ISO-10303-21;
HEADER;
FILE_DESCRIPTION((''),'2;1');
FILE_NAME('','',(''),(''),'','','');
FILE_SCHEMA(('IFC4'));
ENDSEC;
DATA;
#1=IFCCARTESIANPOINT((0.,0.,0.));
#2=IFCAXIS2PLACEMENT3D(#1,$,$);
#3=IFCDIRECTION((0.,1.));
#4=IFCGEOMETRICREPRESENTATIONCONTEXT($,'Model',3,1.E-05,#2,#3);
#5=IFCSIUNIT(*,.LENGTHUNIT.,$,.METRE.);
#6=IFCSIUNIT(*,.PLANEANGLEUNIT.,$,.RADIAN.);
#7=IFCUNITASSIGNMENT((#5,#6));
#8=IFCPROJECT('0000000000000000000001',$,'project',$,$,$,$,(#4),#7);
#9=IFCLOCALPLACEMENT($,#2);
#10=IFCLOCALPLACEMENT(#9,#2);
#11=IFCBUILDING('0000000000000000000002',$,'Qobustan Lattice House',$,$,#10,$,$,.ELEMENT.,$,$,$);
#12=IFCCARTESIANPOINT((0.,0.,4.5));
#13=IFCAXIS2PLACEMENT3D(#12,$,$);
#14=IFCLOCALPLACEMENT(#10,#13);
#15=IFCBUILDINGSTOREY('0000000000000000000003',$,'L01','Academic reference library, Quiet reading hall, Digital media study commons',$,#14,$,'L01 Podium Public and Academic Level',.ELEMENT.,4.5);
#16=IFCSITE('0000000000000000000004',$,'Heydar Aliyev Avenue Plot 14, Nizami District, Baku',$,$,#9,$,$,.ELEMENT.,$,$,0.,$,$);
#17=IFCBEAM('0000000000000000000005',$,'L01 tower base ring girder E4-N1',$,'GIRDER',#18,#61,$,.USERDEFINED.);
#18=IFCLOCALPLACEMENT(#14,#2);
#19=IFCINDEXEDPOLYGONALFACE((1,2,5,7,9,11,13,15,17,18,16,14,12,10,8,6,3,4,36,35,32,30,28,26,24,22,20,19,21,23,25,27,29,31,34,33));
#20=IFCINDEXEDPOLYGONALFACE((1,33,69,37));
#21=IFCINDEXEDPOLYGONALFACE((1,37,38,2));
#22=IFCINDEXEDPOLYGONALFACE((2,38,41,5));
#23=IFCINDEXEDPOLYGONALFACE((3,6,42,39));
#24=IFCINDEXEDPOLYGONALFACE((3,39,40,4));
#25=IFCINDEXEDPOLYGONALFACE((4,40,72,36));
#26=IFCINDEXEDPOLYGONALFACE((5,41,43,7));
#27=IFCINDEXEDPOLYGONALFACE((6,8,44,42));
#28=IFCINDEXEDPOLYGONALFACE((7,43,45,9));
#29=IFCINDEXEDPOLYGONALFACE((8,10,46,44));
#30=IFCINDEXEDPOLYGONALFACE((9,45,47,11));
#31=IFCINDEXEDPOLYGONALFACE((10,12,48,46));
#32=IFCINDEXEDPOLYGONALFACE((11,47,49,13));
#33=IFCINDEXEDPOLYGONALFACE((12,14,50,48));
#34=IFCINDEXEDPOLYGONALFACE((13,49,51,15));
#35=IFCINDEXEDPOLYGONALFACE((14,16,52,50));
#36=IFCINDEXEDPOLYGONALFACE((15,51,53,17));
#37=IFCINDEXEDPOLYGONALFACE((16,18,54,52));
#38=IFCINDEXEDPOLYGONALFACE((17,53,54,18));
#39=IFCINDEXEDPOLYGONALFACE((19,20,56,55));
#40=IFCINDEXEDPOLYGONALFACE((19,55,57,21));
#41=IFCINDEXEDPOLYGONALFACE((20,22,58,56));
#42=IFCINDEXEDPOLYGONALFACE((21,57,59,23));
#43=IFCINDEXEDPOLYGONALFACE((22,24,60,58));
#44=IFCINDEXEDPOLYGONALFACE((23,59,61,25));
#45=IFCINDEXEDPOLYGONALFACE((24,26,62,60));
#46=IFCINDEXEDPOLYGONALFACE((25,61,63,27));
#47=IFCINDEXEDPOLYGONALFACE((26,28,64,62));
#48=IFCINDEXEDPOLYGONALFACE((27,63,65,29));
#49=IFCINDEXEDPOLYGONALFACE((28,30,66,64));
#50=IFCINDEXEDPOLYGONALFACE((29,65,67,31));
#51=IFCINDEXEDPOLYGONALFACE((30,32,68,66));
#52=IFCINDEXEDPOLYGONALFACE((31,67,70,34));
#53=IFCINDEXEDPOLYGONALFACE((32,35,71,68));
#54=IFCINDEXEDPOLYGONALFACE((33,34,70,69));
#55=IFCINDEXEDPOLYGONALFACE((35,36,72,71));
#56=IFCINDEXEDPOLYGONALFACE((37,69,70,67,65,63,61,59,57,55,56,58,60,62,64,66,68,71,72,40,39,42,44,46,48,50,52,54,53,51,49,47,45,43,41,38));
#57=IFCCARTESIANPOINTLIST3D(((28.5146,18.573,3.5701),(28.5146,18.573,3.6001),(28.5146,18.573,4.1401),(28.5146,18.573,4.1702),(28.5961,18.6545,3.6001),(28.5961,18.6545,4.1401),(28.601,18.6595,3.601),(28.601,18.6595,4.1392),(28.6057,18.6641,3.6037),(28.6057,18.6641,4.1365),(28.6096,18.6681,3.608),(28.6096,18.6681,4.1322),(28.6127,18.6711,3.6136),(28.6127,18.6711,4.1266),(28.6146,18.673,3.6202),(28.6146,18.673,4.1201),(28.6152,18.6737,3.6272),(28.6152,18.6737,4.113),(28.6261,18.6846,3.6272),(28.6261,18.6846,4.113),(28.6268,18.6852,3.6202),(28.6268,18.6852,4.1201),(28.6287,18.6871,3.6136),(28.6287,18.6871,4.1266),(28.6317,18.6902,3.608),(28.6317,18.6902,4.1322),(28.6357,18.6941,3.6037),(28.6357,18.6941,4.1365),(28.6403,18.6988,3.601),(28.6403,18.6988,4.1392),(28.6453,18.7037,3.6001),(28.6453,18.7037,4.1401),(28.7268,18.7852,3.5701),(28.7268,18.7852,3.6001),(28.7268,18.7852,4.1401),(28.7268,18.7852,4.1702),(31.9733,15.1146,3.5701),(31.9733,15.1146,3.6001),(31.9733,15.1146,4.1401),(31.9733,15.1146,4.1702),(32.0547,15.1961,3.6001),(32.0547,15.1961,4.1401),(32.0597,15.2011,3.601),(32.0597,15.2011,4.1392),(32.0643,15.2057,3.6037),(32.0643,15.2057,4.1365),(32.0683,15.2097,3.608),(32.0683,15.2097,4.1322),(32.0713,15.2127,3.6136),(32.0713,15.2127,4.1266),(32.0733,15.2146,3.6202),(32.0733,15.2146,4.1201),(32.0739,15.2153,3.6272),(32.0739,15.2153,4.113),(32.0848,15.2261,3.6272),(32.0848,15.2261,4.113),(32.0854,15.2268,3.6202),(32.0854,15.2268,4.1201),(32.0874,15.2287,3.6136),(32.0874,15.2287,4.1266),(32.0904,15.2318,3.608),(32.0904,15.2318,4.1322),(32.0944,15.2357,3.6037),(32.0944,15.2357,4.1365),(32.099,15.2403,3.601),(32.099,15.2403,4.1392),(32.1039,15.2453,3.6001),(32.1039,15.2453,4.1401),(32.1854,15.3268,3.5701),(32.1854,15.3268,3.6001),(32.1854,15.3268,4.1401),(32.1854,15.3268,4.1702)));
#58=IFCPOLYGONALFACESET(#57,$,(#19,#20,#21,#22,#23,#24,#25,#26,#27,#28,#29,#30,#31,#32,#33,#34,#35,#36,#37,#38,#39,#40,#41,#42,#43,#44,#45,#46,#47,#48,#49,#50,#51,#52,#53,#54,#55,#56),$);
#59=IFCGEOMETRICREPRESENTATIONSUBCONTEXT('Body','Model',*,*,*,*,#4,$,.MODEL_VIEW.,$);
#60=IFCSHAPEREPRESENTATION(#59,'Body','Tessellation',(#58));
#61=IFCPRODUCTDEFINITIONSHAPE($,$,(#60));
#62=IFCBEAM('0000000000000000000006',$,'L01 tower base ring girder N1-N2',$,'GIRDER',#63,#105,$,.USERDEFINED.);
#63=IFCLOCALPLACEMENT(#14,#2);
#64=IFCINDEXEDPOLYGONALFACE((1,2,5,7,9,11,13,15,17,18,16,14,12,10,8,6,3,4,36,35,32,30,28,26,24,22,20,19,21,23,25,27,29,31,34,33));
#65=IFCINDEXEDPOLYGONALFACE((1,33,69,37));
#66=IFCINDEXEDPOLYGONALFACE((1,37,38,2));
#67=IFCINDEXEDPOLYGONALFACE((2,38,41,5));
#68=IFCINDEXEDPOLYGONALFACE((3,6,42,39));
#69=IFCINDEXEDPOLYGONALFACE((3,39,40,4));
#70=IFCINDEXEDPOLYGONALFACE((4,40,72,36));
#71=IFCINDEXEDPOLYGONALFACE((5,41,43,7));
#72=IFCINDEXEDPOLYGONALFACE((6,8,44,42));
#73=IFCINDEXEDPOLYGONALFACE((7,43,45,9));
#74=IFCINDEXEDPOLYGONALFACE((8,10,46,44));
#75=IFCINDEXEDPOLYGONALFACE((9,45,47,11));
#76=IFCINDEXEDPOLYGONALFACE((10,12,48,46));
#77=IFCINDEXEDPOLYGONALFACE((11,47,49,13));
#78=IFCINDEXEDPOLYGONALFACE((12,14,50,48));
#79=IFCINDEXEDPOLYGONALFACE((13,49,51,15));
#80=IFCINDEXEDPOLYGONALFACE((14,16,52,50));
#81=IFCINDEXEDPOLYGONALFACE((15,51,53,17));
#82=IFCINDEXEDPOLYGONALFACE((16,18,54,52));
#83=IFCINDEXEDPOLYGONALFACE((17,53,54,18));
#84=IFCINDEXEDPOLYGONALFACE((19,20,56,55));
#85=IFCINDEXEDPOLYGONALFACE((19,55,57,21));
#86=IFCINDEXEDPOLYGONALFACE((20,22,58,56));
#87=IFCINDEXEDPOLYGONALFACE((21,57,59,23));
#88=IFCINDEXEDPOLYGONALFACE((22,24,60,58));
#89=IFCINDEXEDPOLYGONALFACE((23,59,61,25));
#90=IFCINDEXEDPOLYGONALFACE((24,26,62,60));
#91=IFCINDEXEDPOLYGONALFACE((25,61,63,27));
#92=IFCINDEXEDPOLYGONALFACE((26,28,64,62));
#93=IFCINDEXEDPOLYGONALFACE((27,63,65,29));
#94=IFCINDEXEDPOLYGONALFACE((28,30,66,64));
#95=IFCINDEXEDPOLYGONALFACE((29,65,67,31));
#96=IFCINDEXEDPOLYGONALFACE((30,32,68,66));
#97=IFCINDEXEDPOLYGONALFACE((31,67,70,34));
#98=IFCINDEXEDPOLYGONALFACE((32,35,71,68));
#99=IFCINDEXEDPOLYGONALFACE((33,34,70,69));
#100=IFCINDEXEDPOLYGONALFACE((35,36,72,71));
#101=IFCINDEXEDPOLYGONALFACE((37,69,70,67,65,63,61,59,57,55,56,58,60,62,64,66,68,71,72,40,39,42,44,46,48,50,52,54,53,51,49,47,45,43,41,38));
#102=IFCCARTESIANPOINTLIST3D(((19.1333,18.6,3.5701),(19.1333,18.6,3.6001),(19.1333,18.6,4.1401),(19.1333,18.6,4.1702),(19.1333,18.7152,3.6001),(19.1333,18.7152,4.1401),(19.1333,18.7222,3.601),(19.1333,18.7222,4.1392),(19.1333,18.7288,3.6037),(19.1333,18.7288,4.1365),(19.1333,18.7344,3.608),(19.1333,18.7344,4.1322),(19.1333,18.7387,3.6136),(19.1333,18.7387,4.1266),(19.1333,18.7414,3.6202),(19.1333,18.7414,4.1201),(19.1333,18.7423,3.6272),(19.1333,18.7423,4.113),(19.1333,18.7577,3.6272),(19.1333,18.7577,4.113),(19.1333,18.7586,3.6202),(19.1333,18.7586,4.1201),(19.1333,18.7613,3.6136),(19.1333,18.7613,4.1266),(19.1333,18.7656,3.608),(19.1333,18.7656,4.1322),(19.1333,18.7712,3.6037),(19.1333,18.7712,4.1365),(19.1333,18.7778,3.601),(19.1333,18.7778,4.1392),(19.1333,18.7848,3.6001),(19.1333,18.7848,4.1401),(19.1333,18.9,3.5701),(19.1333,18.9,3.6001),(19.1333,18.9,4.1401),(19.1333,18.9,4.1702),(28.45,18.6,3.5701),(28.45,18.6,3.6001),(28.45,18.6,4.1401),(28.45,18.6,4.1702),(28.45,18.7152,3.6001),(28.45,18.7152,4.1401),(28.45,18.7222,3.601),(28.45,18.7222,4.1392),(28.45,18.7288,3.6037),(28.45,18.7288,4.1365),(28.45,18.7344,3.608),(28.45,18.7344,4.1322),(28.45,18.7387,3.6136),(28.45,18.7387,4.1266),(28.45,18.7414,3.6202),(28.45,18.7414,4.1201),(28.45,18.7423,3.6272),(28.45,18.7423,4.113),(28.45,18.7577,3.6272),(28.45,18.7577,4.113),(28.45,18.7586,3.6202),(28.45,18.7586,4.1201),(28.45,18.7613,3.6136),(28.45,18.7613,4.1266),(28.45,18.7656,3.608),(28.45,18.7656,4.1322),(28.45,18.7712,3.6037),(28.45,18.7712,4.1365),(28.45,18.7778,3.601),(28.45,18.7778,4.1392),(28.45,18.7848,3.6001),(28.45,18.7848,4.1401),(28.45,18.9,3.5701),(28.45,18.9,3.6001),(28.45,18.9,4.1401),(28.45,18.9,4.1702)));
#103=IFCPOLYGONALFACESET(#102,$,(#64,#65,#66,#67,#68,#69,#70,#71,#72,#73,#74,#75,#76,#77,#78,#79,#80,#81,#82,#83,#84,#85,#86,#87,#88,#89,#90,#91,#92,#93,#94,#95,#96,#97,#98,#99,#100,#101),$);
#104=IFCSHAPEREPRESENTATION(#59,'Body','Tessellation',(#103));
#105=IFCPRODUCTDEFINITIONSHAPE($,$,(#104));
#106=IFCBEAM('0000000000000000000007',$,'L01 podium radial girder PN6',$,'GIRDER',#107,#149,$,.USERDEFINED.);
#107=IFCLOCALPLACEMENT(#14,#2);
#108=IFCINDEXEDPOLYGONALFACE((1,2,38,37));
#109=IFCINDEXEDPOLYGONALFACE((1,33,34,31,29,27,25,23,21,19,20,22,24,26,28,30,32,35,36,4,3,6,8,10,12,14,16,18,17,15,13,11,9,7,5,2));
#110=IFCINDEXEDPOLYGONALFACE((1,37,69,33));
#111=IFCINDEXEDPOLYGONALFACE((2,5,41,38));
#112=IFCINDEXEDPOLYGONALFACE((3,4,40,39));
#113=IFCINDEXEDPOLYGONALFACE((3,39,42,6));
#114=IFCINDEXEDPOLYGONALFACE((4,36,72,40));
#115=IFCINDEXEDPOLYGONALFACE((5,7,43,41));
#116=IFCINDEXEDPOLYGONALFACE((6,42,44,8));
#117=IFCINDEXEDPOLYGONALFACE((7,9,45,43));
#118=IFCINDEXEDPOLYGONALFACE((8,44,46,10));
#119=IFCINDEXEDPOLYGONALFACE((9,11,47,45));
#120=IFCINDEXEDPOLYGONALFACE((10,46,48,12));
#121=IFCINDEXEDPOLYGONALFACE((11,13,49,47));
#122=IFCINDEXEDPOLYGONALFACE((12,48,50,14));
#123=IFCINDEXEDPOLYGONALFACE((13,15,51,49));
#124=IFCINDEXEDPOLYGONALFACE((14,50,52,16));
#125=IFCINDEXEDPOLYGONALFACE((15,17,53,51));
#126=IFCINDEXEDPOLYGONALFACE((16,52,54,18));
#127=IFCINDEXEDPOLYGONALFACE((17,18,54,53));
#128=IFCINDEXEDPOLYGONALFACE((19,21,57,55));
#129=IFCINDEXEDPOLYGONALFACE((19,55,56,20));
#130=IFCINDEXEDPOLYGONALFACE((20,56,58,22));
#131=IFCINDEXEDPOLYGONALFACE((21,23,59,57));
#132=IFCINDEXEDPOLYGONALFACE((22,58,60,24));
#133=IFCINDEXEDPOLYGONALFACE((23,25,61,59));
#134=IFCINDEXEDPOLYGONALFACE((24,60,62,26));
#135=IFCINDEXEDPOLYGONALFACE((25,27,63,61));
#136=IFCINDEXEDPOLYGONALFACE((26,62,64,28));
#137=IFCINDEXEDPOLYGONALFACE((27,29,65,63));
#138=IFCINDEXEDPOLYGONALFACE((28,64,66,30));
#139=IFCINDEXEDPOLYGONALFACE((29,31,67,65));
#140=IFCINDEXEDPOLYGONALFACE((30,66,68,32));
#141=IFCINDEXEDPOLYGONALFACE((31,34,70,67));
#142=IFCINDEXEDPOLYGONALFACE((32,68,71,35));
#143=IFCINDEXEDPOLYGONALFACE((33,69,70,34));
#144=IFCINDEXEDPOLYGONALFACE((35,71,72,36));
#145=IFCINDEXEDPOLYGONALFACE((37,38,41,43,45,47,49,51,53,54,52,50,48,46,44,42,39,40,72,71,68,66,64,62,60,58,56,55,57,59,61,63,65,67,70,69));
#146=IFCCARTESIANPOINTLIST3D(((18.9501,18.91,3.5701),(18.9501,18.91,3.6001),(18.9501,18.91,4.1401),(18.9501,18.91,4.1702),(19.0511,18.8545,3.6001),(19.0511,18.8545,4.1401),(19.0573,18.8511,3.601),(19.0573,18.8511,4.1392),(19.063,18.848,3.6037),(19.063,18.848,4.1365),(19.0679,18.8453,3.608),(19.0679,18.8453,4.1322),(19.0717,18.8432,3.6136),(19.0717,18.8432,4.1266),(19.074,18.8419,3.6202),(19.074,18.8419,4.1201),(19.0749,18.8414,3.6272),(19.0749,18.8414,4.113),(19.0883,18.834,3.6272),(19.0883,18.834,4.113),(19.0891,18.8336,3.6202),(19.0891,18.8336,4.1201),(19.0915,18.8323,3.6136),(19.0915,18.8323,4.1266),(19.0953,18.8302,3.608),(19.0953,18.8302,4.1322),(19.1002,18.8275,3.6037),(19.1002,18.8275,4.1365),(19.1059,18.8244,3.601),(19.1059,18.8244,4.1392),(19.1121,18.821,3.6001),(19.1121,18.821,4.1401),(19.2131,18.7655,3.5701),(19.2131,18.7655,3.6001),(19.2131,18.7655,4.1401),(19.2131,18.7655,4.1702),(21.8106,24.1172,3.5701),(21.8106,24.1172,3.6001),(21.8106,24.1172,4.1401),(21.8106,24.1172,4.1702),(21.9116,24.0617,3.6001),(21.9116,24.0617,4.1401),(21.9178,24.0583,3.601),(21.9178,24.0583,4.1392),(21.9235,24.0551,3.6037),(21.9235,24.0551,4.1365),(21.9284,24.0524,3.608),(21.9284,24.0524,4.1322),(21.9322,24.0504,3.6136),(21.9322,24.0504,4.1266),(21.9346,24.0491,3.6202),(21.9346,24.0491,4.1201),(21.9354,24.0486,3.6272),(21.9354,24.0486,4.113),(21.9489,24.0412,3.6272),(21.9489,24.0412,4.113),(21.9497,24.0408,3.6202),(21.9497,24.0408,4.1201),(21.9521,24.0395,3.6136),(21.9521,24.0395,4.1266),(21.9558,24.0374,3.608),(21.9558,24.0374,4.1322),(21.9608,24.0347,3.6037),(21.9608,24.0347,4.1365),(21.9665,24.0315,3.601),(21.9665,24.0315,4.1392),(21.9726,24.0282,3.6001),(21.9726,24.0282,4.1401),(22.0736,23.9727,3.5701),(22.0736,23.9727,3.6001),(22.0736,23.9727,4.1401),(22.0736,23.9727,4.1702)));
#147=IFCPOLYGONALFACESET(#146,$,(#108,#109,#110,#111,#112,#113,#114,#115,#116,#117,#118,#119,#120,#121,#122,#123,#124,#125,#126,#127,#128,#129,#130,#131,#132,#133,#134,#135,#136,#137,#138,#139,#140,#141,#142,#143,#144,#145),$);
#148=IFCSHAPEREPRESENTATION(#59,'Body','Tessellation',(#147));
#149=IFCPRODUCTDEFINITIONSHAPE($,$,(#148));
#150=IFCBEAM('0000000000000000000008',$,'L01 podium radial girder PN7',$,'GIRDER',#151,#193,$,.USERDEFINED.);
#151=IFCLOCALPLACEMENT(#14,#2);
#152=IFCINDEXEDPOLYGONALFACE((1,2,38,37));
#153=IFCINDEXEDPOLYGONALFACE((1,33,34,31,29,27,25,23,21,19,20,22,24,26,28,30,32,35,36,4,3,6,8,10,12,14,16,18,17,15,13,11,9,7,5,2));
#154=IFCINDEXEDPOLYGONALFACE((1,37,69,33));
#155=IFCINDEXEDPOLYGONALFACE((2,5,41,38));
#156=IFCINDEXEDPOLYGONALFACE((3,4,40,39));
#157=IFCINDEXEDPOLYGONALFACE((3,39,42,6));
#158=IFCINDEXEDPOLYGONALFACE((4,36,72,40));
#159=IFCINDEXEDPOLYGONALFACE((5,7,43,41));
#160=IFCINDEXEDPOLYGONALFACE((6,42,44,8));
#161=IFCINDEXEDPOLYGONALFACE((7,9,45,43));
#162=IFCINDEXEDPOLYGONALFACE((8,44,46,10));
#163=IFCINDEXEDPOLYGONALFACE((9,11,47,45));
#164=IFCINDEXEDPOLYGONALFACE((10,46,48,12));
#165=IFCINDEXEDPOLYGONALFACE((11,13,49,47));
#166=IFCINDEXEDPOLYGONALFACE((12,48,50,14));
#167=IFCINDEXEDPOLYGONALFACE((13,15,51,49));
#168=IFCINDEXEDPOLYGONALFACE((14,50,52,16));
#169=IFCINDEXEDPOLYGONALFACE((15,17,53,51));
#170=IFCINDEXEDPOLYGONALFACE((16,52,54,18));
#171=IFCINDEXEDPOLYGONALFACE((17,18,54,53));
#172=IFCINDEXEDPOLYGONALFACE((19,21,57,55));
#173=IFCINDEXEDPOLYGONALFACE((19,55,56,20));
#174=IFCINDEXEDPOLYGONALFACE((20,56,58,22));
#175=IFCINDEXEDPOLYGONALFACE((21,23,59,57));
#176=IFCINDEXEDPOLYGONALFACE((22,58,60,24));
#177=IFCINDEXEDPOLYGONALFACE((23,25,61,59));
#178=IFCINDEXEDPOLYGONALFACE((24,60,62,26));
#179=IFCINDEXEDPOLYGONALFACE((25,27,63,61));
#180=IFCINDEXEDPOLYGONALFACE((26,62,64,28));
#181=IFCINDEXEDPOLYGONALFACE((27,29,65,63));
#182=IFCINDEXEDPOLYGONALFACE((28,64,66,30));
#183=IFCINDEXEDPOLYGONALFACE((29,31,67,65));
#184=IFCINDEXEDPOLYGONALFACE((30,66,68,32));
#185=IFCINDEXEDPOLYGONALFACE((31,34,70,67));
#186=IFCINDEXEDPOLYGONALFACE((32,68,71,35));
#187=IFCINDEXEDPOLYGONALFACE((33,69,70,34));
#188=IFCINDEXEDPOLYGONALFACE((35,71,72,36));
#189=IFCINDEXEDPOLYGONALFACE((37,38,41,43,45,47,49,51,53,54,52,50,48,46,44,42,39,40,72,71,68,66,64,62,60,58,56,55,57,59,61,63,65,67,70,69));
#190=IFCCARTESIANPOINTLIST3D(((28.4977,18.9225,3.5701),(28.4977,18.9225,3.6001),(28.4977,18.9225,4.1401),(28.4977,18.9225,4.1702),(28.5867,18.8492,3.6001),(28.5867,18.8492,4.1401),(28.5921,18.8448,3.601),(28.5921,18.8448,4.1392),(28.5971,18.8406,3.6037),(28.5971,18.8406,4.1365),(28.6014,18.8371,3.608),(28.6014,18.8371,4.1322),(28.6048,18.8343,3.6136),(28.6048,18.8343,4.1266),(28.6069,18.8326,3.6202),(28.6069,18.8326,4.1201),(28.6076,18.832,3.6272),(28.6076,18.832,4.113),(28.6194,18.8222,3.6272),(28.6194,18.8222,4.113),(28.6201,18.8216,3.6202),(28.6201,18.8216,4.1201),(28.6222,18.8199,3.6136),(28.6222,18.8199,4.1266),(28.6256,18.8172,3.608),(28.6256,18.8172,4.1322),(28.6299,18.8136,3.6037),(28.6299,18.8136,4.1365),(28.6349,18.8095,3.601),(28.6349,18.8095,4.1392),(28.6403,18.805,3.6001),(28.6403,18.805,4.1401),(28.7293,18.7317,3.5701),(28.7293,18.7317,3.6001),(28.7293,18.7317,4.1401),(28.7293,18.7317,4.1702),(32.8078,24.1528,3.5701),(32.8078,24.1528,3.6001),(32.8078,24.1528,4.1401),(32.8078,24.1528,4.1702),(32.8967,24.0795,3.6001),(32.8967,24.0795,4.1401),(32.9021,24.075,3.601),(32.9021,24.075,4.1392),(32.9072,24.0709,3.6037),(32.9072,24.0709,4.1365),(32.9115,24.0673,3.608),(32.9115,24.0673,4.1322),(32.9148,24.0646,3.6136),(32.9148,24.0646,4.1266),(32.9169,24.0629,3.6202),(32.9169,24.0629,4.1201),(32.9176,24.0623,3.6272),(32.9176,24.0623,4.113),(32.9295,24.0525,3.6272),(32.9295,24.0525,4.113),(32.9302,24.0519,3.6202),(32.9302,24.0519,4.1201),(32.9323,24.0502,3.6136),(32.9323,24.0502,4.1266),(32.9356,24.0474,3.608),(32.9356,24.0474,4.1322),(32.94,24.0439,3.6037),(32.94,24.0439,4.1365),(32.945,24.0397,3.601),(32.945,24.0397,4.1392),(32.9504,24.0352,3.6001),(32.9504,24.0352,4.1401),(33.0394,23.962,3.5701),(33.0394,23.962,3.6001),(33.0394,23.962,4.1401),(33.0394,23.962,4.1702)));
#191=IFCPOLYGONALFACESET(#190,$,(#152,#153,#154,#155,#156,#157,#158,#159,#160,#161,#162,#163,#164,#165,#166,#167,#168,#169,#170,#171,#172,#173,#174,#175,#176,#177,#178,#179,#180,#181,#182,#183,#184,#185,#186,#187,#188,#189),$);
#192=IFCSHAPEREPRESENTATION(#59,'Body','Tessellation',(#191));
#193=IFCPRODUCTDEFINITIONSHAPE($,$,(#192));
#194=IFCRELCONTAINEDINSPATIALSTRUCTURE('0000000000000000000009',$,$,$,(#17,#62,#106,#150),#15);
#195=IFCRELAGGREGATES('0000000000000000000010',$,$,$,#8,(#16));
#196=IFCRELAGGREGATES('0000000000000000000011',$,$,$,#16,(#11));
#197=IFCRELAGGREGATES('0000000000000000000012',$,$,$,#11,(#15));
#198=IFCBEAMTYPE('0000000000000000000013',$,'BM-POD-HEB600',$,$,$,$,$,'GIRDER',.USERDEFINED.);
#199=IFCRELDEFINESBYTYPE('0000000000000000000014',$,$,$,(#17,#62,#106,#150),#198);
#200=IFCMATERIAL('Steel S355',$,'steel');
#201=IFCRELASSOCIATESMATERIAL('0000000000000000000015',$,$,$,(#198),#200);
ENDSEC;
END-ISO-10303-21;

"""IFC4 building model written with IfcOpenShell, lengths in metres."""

from ifc_helpers import new_model, si_unit, direction, frame, origin, origin_2d, place, context, subcontext, project, spatial, i_section, extrude, material, material_profile, profile_set, type_object, element, save


model = new_model("IFC4")

# Units and contexts
model_context = context("Model", 3, precision=1e-05, world=origin(), true_north=direction((0.0, 1.0)))
body_context = subcontext(model_context, "Body", "Model", "MODEL_VIEW")
ifc_project = project(units=[si_unit("LENGTHUNIT", "METRE"), si_unit("PLANEANGLEUNIT", "RADIAN")], contexts=[model_context])

# Site, building, storey
site_placement = place(None, origin())
site = spatial("IfcSite", under=ifc_project, at=site_placement, Name="Heydar Aliyev Avenue Plot 14, Nizami District, Baku", CompositionType="ELEMENT", RefElevation=0.0)
building_placement = place(site_placement, origin())
building = spatial("IfcBuilding", under=site, at=building_placement, Name="Qobustan Lattice House", CompositionType="ELEMENT")
storey_placement = place(building_placement, frame((0.0, 0.0, 4.5)))
storey = spatial("IfcBuildingStorey", under=building, at=storey_placement, Name="L01", Description="Academic reference library, Quiet reading hall, Digital media study commons", LongName="L01 Podium Public and Academic Level", CompositionType="ELEMENT", Elevation=4.5)

# Beams
ifc_material_1 = material(Name="Steel S355", Category="steel")
ifc_material_profile_1 = material_profile(ifc_material_1, i_section(OverallWidth=0.3, OverallDepth=0.6001, WebThickness=0.0154, FlangeThickness=0.03, FilletRadius=0.0271, at=origin_2d()), Name="HEB600")
ifc_profile_set_1 = profile_set([ifc_material_profile_1], Name="Steel S355")
beam_type_1 = type_object("IfcBeamType", Name="BM-POD-HEB600", ElementType="GIRDER", PredefinedType="USERDEFINED", material=ifc_profile_set_1)
beam_1_placement = place(storey_placement, frame((32.0793, 15.2207, 3.8701), z_axis=(-0.707132, 0.707082, 0.0), x_axis=(-0.707082, -0.707132, 0.0)))
element("IfcBeam", 1, at=beam_1_placement, inside=storey, type_object=beam_type_1, Name="L01 tower base ring girder E4-N1", ObjectType="GIRDER", PredefinedType="USERDEFINED", context=body_context, shape_type="SweptSolid", body=[
    extrude(i_section(OverallWidth=0.3, OverallDepth=0.6001, WebThickness=0.0154, FlangeThickness=0.03, FilletRadius=0.0271, at=origin_2d()), origin(), (0.0, 0.0, 1.0), 4.8911),
])
beam_2_placement = place(storey_placement, frame((28.45, 18.75, 3.8701), z_axis=(-1.0, 0.0, 0.0), x_axis=(0.0, -1.0, 0.0)))
element("IfcBeam", 2, at=beam_2_placement, inside=storey, type_object=beam_type_1, Name="L01 tower base ring girder N1-N2", ObjectType="GIRDER", PredefinedType="USERDEFINED", context=body_context, shape_type="SweptSolid", body=[
    extrude(i_section(OverallWidth=0.3, OverallDepth=0.6001, WebThickness=0.0154, FlangeThickness=0.03, FilletRadius=0.0271, at=origin_2d()), origin(), (0.0, 0.0, 1.0), 9.3167),
])
beam_3_placement = place(storey_placement, frame((21.9421, 24.0449, 3.8701), z_axis=(-0.481479, -0.876458, 0.0), x_axis=(0.876458, -0.481479, 0.0)))
element("IfcBeam", 3, at=beam_3_placement, inside=storey, type_object=beam_type_1, Name="L01 podium radial girder PN6", ObjectType="GIRDER", PredefinedType="USERDEFINED", context=body_context, shape_type="SweptSolid", body=[
    extrude(i_section(OverallWidth=0.3, OverallDepth=0.6001, WebThickness=0.0154, FlangeThickness=0.03, FilletRadius=0.0271, at=origin_2d()), origin(), (0.0, 0.0, 1.0), 5.9412),
])
beam_4_placement = place(storey_placement, frame((32.9236, 24.0574, 3.8701), z_axis=(-0.635955, -0.771726, 0.0), x_axis=(0.771726, -0.635955, 0.0)))
element("IfcBeam", 4, at=beam_4_placement, inside=storey, type_object=beam_type_1, Name="L01 podium radial girder PN7", ObjectType="GIRDER", PredefinedType="USERDEFINED", context=body_context, shape_type="SweptSolid", body=[
    extrude(i_section(OverallWidth=0.3, OverallDepth=0.6001, WebThickness=0.0154, FlangeThickness=0.03, FilletRadius=0.0271, at=origin_2d()), origin(), (0.0, 0.0, 1.0), 6.7773),
])

save(model, "model.ifc")
